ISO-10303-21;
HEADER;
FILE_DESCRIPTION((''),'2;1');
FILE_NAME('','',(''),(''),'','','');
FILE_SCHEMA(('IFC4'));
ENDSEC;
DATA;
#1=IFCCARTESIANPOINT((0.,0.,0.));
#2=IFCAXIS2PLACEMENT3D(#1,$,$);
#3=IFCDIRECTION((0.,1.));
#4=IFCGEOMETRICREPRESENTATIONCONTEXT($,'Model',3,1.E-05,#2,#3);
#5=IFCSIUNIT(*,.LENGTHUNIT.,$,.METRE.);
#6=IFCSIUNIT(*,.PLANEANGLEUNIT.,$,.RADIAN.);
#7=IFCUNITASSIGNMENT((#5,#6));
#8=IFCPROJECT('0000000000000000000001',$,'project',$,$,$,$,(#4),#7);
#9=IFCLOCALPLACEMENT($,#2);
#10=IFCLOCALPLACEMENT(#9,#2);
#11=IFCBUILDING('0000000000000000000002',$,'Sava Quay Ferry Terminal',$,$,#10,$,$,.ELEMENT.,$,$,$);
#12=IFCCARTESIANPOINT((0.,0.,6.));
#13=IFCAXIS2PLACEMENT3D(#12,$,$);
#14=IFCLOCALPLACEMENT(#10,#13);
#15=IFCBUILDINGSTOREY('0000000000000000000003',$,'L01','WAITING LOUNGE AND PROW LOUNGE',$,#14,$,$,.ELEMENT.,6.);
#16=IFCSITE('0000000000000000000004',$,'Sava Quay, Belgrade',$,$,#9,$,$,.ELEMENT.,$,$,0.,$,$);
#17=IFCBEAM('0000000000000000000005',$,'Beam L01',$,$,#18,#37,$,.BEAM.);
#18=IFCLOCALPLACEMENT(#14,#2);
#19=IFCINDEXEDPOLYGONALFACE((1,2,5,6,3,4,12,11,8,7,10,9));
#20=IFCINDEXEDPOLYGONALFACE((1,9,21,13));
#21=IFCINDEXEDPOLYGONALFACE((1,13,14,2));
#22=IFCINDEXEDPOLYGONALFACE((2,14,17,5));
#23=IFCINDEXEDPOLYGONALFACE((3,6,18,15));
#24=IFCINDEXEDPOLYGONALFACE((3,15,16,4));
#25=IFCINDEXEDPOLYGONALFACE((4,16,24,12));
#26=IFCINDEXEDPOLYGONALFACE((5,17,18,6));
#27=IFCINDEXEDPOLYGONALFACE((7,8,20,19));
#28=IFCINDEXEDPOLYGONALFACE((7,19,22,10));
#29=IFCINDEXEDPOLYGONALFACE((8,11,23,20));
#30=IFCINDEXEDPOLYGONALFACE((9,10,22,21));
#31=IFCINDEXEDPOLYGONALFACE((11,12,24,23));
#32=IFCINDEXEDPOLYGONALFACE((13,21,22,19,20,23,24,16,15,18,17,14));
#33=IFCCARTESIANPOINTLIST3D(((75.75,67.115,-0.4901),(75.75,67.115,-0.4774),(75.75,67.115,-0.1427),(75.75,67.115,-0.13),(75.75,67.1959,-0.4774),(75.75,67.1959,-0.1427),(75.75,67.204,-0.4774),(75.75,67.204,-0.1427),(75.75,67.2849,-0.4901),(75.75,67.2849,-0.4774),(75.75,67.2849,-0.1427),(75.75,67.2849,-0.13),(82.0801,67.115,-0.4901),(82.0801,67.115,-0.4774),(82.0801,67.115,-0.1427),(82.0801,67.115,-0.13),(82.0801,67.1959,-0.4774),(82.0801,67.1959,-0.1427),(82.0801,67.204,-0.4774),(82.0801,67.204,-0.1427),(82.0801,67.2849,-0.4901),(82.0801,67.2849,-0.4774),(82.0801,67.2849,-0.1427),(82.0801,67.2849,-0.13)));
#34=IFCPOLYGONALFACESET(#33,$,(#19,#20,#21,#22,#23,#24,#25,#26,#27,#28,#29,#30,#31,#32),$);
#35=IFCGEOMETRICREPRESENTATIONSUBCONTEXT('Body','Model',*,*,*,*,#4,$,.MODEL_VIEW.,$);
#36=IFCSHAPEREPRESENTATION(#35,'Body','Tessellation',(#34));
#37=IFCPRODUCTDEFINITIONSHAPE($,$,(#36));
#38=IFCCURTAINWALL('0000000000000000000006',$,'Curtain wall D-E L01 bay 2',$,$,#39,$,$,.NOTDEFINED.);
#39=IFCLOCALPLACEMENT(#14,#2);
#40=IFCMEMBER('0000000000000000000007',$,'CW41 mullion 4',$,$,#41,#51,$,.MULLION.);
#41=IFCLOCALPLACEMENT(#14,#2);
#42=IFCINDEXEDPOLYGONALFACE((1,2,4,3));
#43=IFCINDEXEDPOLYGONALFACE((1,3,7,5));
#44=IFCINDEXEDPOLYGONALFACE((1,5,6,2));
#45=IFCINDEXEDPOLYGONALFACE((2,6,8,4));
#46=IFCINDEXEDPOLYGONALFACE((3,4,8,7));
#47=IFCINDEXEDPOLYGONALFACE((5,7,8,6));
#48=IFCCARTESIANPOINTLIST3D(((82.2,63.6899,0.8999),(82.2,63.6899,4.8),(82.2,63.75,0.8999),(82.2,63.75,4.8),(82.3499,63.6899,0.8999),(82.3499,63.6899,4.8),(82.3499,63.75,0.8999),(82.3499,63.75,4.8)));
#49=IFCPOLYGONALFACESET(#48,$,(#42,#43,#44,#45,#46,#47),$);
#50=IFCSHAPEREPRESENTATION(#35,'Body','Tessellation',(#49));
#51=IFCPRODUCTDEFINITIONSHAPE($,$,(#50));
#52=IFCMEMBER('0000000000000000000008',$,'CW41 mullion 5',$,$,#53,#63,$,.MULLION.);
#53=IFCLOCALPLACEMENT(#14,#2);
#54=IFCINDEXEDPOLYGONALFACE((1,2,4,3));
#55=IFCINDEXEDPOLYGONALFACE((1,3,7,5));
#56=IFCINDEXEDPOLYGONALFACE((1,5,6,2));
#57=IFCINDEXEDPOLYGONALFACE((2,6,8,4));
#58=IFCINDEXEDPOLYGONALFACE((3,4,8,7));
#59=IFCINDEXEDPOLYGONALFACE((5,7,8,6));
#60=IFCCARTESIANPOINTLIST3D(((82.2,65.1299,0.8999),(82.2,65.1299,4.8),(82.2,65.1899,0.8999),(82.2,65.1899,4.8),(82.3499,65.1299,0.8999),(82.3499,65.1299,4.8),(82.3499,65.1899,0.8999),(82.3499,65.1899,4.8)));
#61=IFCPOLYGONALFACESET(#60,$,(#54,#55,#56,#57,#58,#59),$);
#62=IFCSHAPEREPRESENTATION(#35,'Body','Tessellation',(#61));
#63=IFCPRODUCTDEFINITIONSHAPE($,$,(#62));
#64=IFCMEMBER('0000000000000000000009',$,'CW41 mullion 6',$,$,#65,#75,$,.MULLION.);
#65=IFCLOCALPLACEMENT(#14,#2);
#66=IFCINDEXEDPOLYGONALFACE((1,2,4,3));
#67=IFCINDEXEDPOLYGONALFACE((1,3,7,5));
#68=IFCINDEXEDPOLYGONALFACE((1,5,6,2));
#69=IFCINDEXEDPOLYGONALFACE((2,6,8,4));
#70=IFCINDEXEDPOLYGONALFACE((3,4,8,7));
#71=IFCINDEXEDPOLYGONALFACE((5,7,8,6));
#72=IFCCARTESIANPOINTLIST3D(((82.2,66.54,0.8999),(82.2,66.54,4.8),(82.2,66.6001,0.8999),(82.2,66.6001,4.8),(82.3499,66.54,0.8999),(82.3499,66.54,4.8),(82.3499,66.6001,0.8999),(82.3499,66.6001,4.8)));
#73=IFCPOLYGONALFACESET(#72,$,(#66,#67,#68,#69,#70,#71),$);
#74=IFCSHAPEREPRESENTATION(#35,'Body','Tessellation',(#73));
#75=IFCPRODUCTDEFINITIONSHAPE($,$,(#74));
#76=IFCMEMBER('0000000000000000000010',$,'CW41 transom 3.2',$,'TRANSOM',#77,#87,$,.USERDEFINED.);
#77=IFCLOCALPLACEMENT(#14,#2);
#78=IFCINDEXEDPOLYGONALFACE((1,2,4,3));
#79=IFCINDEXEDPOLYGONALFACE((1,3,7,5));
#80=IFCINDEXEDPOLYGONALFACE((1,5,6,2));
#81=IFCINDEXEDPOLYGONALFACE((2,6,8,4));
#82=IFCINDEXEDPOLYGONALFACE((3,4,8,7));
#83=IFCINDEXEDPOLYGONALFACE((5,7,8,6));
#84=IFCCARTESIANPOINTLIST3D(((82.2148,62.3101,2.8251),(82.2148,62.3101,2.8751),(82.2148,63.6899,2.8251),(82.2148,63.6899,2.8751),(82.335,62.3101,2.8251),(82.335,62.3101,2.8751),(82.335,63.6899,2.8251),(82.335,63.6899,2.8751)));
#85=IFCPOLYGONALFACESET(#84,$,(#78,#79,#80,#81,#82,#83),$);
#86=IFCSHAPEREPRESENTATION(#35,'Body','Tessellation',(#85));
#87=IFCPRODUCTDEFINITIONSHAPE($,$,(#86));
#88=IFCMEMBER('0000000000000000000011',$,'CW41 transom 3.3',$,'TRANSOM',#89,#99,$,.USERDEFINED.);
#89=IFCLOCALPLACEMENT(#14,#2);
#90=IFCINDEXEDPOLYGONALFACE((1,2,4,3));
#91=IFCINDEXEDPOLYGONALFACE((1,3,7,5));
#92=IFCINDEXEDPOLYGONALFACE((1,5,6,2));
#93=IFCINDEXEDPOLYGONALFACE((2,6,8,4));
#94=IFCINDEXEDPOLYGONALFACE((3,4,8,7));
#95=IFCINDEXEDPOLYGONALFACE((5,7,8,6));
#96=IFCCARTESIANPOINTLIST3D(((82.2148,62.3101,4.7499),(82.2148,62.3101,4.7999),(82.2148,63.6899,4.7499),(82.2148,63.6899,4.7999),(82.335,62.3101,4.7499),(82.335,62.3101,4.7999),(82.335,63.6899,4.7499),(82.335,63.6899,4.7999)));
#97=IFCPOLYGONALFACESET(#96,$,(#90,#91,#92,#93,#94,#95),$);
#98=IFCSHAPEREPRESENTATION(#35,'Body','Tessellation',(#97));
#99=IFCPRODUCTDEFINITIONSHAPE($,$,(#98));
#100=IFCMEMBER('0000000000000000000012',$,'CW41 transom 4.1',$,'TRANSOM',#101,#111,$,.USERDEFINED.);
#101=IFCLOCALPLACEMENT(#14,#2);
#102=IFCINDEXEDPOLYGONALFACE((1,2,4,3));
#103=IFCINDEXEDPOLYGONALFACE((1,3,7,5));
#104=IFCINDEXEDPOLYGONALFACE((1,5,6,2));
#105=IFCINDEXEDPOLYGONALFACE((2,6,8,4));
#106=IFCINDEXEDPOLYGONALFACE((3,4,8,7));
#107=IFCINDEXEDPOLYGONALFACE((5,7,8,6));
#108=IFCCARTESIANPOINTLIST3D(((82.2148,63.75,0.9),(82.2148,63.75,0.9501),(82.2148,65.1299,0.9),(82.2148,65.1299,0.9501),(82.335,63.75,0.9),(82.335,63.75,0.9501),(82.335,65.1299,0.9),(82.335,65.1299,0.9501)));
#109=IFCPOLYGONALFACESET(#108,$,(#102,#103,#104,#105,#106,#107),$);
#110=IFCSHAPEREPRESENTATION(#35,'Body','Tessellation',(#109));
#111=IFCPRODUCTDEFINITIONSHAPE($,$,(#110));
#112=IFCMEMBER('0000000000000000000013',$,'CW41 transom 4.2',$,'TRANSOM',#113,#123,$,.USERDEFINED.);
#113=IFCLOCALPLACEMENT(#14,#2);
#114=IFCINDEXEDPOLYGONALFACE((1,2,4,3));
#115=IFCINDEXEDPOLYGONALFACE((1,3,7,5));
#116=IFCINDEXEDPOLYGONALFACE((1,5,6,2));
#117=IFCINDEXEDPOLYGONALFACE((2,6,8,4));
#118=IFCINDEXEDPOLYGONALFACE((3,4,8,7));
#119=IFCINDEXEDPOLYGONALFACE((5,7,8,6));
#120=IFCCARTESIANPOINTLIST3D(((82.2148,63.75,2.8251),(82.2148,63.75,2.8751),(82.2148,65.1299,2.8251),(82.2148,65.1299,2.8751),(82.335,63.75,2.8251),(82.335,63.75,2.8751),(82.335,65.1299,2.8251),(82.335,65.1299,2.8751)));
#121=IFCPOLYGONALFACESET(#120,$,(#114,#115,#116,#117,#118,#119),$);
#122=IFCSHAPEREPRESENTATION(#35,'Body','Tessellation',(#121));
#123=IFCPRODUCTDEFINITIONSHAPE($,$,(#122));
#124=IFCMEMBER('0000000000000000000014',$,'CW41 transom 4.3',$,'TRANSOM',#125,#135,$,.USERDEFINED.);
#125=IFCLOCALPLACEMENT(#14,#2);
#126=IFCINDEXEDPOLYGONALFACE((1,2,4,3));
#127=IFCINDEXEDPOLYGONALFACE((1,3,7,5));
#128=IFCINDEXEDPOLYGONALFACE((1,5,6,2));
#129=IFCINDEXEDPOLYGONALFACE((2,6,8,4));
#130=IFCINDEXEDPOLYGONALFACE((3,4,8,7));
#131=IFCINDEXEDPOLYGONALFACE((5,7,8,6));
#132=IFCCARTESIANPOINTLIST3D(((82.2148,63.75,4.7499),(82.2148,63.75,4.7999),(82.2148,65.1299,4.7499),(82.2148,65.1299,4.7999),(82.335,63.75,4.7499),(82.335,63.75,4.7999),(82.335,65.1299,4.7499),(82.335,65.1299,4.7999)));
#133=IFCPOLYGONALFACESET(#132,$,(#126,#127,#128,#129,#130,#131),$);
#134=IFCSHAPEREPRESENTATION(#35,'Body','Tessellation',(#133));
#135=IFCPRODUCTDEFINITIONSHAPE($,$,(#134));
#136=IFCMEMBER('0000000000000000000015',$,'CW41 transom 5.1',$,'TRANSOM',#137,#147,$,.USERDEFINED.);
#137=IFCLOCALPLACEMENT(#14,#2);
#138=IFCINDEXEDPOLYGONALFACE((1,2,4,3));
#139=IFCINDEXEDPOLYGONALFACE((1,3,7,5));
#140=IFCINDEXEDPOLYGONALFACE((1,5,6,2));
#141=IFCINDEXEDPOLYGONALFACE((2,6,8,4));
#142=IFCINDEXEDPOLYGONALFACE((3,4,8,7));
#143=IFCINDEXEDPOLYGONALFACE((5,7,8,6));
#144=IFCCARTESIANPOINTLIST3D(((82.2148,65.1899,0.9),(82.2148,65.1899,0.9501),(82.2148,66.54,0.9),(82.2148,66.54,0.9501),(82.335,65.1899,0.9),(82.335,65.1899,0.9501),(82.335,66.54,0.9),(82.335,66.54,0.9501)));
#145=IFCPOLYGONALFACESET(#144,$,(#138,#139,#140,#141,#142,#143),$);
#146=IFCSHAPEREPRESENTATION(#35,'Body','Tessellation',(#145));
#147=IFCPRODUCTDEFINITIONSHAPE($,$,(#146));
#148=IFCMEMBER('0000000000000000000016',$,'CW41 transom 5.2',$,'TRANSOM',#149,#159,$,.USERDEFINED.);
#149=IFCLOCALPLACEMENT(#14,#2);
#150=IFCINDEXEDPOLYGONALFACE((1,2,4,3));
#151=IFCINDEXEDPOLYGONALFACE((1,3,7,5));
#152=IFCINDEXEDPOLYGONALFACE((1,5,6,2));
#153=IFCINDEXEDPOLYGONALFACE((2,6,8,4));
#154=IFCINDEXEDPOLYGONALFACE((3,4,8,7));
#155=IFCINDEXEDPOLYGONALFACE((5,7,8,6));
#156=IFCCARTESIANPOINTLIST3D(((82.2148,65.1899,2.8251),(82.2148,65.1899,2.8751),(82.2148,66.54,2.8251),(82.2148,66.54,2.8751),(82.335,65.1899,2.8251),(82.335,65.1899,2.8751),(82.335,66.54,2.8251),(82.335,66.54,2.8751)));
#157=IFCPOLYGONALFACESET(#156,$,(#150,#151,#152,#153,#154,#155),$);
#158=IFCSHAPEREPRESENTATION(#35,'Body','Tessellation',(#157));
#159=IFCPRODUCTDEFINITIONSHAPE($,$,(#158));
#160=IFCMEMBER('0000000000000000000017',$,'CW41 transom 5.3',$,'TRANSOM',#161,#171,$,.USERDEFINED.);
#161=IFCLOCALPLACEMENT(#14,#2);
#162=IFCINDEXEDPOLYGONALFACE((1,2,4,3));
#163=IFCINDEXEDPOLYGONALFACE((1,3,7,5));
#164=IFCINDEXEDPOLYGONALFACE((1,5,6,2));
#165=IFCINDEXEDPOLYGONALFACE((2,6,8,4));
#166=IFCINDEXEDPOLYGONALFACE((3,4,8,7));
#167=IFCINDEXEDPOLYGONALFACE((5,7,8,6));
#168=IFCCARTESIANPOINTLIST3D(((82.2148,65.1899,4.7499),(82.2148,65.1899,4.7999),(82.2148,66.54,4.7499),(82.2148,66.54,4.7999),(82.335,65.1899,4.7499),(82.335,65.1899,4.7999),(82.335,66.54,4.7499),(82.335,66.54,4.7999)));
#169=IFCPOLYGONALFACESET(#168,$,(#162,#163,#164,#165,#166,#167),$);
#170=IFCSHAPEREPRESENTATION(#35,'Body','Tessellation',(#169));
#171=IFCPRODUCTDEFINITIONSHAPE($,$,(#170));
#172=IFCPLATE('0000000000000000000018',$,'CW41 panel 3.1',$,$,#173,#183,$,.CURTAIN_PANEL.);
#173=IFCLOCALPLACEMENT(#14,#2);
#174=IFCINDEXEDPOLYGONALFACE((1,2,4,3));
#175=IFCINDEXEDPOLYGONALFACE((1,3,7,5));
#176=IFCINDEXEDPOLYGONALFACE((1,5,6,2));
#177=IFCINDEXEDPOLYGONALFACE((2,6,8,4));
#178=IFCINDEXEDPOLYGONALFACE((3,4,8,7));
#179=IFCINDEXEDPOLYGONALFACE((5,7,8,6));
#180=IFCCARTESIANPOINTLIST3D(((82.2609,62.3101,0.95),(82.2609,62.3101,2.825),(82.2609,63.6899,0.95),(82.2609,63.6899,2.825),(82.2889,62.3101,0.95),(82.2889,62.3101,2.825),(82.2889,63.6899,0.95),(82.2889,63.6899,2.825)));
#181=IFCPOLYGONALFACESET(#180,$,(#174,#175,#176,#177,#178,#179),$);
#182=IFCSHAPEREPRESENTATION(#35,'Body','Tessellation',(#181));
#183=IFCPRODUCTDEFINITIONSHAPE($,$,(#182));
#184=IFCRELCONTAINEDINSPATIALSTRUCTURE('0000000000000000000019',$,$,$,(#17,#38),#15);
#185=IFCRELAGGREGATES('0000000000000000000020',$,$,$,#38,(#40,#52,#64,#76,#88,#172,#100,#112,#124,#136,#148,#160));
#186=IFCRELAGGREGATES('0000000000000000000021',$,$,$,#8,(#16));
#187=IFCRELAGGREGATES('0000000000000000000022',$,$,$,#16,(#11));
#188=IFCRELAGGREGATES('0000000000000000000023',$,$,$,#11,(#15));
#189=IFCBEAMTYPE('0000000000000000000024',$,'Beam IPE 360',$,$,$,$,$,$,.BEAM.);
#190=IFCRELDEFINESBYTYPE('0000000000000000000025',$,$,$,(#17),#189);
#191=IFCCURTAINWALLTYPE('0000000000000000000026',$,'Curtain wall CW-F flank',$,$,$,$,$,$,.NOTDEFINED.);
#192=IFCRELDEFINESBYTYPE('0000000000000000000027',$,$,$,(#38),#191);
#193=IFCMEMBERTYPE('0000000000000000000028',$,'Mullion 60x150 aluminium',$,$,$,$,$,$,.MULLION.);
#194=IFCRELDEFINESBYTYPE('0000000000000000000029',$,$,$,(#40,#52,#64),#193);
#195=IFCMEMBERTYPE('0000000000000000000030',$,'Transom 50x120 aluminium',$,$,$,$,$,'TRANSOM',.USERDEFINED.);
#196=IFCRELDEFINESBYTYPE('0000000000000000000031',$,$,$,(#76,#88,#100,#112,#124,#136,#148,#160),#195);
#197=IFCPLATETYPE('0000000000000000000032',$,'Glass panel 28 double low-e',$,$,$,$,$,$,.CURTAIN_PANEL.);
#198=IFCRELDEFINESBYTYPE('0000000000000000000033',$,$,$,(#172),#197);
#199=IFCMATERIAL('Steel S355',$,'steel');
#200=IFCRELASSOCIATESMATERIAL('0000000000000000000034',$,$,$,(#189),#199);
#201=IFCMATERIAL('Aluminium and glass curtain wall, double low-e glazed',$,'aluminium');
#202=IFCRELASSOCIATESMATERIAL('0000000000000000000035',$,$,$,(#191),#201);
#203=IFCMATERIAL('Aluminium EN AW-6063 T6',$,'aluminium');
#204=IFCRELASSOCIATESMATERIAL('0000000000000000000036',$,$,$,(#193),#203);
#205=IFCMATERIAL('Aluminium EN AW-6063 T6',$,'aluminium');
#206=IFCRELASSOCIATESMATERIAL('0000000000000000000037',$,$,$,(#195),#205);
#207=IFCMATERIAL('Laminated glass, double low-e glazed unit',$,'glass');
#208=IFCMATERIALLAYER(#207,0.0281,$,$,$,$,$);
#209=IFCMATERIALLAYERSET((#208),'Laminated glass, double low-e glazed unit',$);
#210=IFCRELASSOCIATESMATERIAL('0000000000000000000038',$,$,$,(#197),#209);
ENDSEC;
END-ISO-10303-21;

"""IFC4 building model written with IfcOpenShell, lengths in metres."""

from ifc_helpers import new_model, si_unit, direction, frame, origin, origin_2d, place, context, subcontext, project, spatial, rectangle, i_section, extrude, material, layer, layer_set, material_profile, profile_set, type_object, element, aggregate, save


model = new_model("IFC4")

# Units and contexts
model_context = context("Model", 3, precision=1e-05, world=origin(), true_north=direction((0.0, 1.0)))
body_context = subcontext(model_context, "Body", "Model", "MODEL_VIEW")
ifc_project = project(units=[si_unit("LENGTHUNIT", "METRE"), si_unit("PLANEANGLEUNIT", "RADIAN")], contexts=[model_context])

# Site, building, storey
site_placement = place(None, origin())
site = spatial("IfcSite", under=ifc_project, at=site_placement, Name="Sava Quay, Belgrade", CompositionType="ELEMENT", RefElevation=0.0)
building_placement = place(site_placement, origin())
building = spatial("IfcBuilding", under=site, at=building_placement, Name="Sava Quay Ferry Terminal", CompositionType="ELEMENT")
storey_placement = place(building_placement, frame((0.0, 0.0, 6.0)))
storey = spatial("IfcBuildingStorey", under=building, at=storey_placement, Name="L01", Description="WAITING LOUNGE AND PROW LOUNGE", CompositionType="ELEMENT", Elevation=6.0)

# Beam
ifc_material_1 = material(Name="Steel S355", Category="steel")
ifc_material_profile_1 = material_profile(ifc_material_1, i_section(OverallWidth=0.1699, OverallDepth=0.3601, WebThickness=0.0081, FlangeThickness=0.0127, at=origin_2d()), Name="IPE 360")
ifc_profile_set_1 = profile_set([ifc_material_profile_1], Name="Steel S355")
beam_type = type_object("IfcBeamType", Name="Beam IPE 360", PredefinedType="BEAM", material=ifc_profile_set_1)
beam_placement = place(storey_placement, frame((75.75, 67.2, -0.3101), z_axis=(1.0, 0.0, 0.0), x_axis=(0.0, 1.0, 0.0)))
element("IfcBeam", 1, at=beam_placement, inside=storey, type_object=beam_type, Name="Beam L01", PredefinedType="BEAM", context=body_context, shape_type="SweptSolid", body=[
    extrude(i_section(OverallWidth=0.1699, OverallDepth=0.3601, WebThickness=0.0081, FlangeThickness=0.0127, at=origin_2d()), origin(), (0.0, 0.0, 1.0), 6.3301),
])

# Curtain wall, members, plate
ifc_material_2 = material(Name="Aluminium and glass curtain wall, double low-e glazed", Category="aluminium")
curtain_wall_type = type_object("IfcCurtainWallType", Name="Curtain wall CW-F flank", PredefinedType="NOTDEFINED", material=ifc_material_2)
curtain_wall_placement = place(storey_placement, origin())
curtain_wall = element("IfcCurtainWall", 2, at=curtain_wall_placement, inside=storey, type_object=curtain_wall_type, Name="Curtain wall D-E L01 bay 2", PredefinedType="NOTDEFINED")
ifc_material_3 = material(Name="Aluminium EN AW-6063 T6", Category="aluminium")
ifc_material_profile_2 = material_profile(ifc_material_3, rectangle(XDim=0.1499, YDim=0.0601, at=origin_2d()), Name="Mullion 60x150 aluminium")
ifc_profile_set_2 = profile_set([ifc_material_profile_2], Name="Aluminium EN AW-6063 T6")
member_type_1 = type_object("IfcMemberType", Name="Mullion 60x150 aluminium", PredefinedType="MULLION", material=ifc_profile_set_2)
member_1_placement = place(storey_placement, frame((82.2749, 63.72, 0.8999), z_axis=(0.0, 0.0, 1.0), x_axis=(-1.0, 0.0, 0.0)))
member_1 = element("IfcMember", 3, at=member_1_placement, type_object=member_type_1, Name="CW41 mullion 4", PredefinedType="MULLION", context=body_context, shape_type="SweptSolid", body=[
    extrude(rectangle(XDim=0.1499, YDim=0.0601, at=origin_2d()), origin(), (0.0, 0.0, 1.0), 3.9001),
])
member_2_placement = place(storey_placement, frame((82.2749, 65.1599, 0.8999), z_axis=(0.0, 0.0, 1.0), x_axis=(-1.0, 0.0, 0.0)))
member_2 = element("IfcMember", 4, at=member_2_placement, type_object=member_type_1, Name="CW41 mullion 5", PredefinedType="MULLION", context=body_context, shape_type="SweptSolid", body=[
    extrude(rectangle(XDim=0.1499, YDim=0.0601, at=origin_2d()), origin(), (0.0, 0.0, 1.0), 3.9001),
])
member_3_placement = place(storey_placement, frame((82.2749, 66.5701, 0.8999), z_axis=(0.0, 0.0, 1.0), x_axis=(-1.0, 0.0, 0.0)))
member_3 = element("IfcMember", 5, at=member_3_placement, type_object=member_type_1, Name="CW41 mullion 6", PredefinedType="MULLION", context=body_context, shape_type="SweptSolid", body=[
    extrude(rectangle(XDim=0.1499, YDim=0.0601, at=origin_2d()), origin(), (0.0, 0.0, 1.0), 3.9001),
])
ifc_material_4 = material(Name="Aluminium EN AW-6063 T6", Category="aluminium")
ifc_material_profile_3 = material_profile(ifc_material_4, rectangle(XDim=0.1201, YDim=0.05, at=origin_2d()), Name="Transom 50x120 aluminium")
ifc_profile_set_3 = profile_set([ifc_material_profile_3], Name="Aluminium EN AW-6063 T6")
member_type_2 = type_object("IfcMemberType", Name="Transom 50x120 aluminium", ElementType="TRANSOM", PredefinedType="USERDEFINED", material=ifc_profile_set_3)
member_4_placement = place(storey_placement, frame((82.2749, 62.3101, 2.8501), z_axis=(0.0, 1.0, 0.0), x_axis=(-1.0, 0.0, 0.0)))
member_4 = element("IfcMember", 6, at=member_4_placement, type_object=member_type_2, Name="CW41 transom 3.2", ObjectType="TRANSOM", PredefinedType="USERDEFINED", context=body_context, shape_type="SweptSolid", body=[
    extrude(rectangle(XDim=0.1201, YDim=0.05, at=origin_2d()), origin(), (0.0, 0.0, 1.0), 1.3799),
])
member_5_placement = place(storey_placement, frame((82.2749, 62.3101, 4.7749), z_axis=(0.0, 1.0, 0.0), x_axis=(-1.0, 0.0, 0.0)))
member_5 = element("IfcMember", 7, at=member_5_placement, type_object=member_type_2, Name="CW41 transom 3.3", ObjectType="TRANSOM", PredefinedType="USERDEFINED", context=body_context, shape_type="SweptSolid", body=[
    extrude(rectangle(XDim=0.1201, YDim=0.05, at=origin_2d()), origin(), (0.0, 0.0, 1.0), 1.3799),
])
member_6_placement = place(storey_placement, frame((82.2749, 63.75, 0.925), z_axis=(0.0, 1.0, 0.0), x_axis=(-1.0, 0.0, 0.0)))
member_6 = element("IfcMember", 8, at=member_6_placement, type_object=member_type_2, Name="CW41 transom 4.1", ObjectType="TRANSOM", PredefinedType="USERDEFINED", context=body_context, shape_type="SweptSolid", body=[
    extrude(rectangle(XDim=0.1201, YDim=0.05, at=origin_2d()), origin(), (0.0, 0.0, 1.0), 1.3799),
])
member_7_placement = place(storey_placement, frame((82.2749, 63.75, 2.8501), z_axis=(0.0, 1.0, 0.0), x_axis=(-1.0, 0.0, 0.0)))
member_7 = element("IfcMember", 9, at=member_7_placement, type_object=member_type_2, Name="CW41 transom 4.2", ObjectType="TRANSOM", PredefinedType="USERDEFINED", context=body_context, shape_type="SweptSolid", body=[
    extrude(rectangle(XDim=0.1201, YDim=0.05, at=origin_2d()), origin(), (0.0, 0.0, 1.0), 1.3799),
])
member_8_placement = place(storey_placement, frame((82.2749, 63.75, 4.7749), z_axis=(0.0, 1.0, 0.0), x_axis=(-1.0, 0.0, 0.0)))
member_8 = element("IfcMember", 10, at=member_8_placement, type_object=member_type_2, Name="CW41 transom 4.3", ObjectType="TRANSOM", PredefinedType="USERDEFINED", context=body_context, shape_type="SweptSolid", body=[
    extrude(rectangle(XDim=0.1201, YDim=0.05, at=origin_2d()), origin(), (0.0, 0.0, 1.0), 1.3799),
])
member_9_placement = place(storey_placement, frame((82.2749, 65.1899, 0.925), z_axis=(0.0, 1.0, 0.0), x_axis=(-1.0, 0.0, 0.0)))
member_9 = element("IfcMember", 11, at=member_9_placement, type_object=member_type_2, Name="CW41 transom 5.1", ObjectType="TRANSOM", PredefinedType="USERDEFINED", context=body_context, shape_type="SweptSolid", body=[
    extrude(rectangle(XDim=0.1201, YDim=0.05, at=origin_2d()), origin(), (0.0, 0.0, 1.0), 1.3501),
])
member_10_placement = place(storey_placement, frame((82.2749, 65.1899, 2.8501), z_axis=(0.0, 1.0, 0.0), x_axis=(-1.0, 0.0, 0.0)))
member_10 = element("IfcMember", 12, at=member_10_placement, type_object=member_type_2, Name="CW41 transom 5.2", ObjectType="TRANSOM", PredefinedType="USERDEFINED", context=body_context, shape_type="SweptSolid", body=[
    extrude(rectangle(XDim=0.1201, YDim=0.05, at=origin_2d()), origin(), (0.0, 0.0, 1.0), 1.3501),
])
member_11_placement = place(storey_placement, frame((82.2749, 65.1899, 4.7749), z_axis=(0.0, 1.0, 0.0), x_axis=(-1.0, 0.0, 0.0)))
member_11 = element("IfcMember", 13, at=member_11_placement, type_object=member_type_2, Name="CW41 transom 5.3", ObjectType="TRANSOM", PredefinedType="USERDEFINED", context=body_context, shape_type="SweptSolid", body=[
    extrude(rectangle(XDim=0.1201, YDim=0.05, at=origin_2d()), origin(), (0.0, 0.0, 1.0), 1.3501),
])
ifc_material_5 = material(Name="Laminated glass, double low-e glazed unit", Category="glass")
ifc_layer_1 = layer(ifc_material_5, 0.0281)
ifc_layer_set_1 = layer_set([ifc_layer_1], Name="Laminated glass, double low-e glazed unit")
plate_type = type_object("IfcPlateType", Name="Glass panel 28 double low-e", PredefinedType="CURTAIN_PANEL", material=ifc_layer_set_1)
plate_1_placement = place(storey_placement, frame((82.2749, 63.0, 0.95), z_axis=(0.0, 0.0, 1.0), x_axis=(0.0, 1.0, 0.0)))
plate_1 = element("IfcPlate", 14, at=plate_1_placement, type_object=plate_type, Name="CW41 panel 3.1", PredefinedType="CURTAIN_PANEL", context=body_context, shape_type="SweptSolid", body=[
    extrude(rectangle(XDim=1.3799, YDim=0.0281, at=origin_2d()), origin(), (0.0, 0.0, 1.0), 1.875),
])
aggregate(curtain_wall, [member_1, member_2, member_3, member_4, member_5, plate_1, member_6, member_7, member_8, member_9, member_10, member_11])

save(model, "model.ifc")
